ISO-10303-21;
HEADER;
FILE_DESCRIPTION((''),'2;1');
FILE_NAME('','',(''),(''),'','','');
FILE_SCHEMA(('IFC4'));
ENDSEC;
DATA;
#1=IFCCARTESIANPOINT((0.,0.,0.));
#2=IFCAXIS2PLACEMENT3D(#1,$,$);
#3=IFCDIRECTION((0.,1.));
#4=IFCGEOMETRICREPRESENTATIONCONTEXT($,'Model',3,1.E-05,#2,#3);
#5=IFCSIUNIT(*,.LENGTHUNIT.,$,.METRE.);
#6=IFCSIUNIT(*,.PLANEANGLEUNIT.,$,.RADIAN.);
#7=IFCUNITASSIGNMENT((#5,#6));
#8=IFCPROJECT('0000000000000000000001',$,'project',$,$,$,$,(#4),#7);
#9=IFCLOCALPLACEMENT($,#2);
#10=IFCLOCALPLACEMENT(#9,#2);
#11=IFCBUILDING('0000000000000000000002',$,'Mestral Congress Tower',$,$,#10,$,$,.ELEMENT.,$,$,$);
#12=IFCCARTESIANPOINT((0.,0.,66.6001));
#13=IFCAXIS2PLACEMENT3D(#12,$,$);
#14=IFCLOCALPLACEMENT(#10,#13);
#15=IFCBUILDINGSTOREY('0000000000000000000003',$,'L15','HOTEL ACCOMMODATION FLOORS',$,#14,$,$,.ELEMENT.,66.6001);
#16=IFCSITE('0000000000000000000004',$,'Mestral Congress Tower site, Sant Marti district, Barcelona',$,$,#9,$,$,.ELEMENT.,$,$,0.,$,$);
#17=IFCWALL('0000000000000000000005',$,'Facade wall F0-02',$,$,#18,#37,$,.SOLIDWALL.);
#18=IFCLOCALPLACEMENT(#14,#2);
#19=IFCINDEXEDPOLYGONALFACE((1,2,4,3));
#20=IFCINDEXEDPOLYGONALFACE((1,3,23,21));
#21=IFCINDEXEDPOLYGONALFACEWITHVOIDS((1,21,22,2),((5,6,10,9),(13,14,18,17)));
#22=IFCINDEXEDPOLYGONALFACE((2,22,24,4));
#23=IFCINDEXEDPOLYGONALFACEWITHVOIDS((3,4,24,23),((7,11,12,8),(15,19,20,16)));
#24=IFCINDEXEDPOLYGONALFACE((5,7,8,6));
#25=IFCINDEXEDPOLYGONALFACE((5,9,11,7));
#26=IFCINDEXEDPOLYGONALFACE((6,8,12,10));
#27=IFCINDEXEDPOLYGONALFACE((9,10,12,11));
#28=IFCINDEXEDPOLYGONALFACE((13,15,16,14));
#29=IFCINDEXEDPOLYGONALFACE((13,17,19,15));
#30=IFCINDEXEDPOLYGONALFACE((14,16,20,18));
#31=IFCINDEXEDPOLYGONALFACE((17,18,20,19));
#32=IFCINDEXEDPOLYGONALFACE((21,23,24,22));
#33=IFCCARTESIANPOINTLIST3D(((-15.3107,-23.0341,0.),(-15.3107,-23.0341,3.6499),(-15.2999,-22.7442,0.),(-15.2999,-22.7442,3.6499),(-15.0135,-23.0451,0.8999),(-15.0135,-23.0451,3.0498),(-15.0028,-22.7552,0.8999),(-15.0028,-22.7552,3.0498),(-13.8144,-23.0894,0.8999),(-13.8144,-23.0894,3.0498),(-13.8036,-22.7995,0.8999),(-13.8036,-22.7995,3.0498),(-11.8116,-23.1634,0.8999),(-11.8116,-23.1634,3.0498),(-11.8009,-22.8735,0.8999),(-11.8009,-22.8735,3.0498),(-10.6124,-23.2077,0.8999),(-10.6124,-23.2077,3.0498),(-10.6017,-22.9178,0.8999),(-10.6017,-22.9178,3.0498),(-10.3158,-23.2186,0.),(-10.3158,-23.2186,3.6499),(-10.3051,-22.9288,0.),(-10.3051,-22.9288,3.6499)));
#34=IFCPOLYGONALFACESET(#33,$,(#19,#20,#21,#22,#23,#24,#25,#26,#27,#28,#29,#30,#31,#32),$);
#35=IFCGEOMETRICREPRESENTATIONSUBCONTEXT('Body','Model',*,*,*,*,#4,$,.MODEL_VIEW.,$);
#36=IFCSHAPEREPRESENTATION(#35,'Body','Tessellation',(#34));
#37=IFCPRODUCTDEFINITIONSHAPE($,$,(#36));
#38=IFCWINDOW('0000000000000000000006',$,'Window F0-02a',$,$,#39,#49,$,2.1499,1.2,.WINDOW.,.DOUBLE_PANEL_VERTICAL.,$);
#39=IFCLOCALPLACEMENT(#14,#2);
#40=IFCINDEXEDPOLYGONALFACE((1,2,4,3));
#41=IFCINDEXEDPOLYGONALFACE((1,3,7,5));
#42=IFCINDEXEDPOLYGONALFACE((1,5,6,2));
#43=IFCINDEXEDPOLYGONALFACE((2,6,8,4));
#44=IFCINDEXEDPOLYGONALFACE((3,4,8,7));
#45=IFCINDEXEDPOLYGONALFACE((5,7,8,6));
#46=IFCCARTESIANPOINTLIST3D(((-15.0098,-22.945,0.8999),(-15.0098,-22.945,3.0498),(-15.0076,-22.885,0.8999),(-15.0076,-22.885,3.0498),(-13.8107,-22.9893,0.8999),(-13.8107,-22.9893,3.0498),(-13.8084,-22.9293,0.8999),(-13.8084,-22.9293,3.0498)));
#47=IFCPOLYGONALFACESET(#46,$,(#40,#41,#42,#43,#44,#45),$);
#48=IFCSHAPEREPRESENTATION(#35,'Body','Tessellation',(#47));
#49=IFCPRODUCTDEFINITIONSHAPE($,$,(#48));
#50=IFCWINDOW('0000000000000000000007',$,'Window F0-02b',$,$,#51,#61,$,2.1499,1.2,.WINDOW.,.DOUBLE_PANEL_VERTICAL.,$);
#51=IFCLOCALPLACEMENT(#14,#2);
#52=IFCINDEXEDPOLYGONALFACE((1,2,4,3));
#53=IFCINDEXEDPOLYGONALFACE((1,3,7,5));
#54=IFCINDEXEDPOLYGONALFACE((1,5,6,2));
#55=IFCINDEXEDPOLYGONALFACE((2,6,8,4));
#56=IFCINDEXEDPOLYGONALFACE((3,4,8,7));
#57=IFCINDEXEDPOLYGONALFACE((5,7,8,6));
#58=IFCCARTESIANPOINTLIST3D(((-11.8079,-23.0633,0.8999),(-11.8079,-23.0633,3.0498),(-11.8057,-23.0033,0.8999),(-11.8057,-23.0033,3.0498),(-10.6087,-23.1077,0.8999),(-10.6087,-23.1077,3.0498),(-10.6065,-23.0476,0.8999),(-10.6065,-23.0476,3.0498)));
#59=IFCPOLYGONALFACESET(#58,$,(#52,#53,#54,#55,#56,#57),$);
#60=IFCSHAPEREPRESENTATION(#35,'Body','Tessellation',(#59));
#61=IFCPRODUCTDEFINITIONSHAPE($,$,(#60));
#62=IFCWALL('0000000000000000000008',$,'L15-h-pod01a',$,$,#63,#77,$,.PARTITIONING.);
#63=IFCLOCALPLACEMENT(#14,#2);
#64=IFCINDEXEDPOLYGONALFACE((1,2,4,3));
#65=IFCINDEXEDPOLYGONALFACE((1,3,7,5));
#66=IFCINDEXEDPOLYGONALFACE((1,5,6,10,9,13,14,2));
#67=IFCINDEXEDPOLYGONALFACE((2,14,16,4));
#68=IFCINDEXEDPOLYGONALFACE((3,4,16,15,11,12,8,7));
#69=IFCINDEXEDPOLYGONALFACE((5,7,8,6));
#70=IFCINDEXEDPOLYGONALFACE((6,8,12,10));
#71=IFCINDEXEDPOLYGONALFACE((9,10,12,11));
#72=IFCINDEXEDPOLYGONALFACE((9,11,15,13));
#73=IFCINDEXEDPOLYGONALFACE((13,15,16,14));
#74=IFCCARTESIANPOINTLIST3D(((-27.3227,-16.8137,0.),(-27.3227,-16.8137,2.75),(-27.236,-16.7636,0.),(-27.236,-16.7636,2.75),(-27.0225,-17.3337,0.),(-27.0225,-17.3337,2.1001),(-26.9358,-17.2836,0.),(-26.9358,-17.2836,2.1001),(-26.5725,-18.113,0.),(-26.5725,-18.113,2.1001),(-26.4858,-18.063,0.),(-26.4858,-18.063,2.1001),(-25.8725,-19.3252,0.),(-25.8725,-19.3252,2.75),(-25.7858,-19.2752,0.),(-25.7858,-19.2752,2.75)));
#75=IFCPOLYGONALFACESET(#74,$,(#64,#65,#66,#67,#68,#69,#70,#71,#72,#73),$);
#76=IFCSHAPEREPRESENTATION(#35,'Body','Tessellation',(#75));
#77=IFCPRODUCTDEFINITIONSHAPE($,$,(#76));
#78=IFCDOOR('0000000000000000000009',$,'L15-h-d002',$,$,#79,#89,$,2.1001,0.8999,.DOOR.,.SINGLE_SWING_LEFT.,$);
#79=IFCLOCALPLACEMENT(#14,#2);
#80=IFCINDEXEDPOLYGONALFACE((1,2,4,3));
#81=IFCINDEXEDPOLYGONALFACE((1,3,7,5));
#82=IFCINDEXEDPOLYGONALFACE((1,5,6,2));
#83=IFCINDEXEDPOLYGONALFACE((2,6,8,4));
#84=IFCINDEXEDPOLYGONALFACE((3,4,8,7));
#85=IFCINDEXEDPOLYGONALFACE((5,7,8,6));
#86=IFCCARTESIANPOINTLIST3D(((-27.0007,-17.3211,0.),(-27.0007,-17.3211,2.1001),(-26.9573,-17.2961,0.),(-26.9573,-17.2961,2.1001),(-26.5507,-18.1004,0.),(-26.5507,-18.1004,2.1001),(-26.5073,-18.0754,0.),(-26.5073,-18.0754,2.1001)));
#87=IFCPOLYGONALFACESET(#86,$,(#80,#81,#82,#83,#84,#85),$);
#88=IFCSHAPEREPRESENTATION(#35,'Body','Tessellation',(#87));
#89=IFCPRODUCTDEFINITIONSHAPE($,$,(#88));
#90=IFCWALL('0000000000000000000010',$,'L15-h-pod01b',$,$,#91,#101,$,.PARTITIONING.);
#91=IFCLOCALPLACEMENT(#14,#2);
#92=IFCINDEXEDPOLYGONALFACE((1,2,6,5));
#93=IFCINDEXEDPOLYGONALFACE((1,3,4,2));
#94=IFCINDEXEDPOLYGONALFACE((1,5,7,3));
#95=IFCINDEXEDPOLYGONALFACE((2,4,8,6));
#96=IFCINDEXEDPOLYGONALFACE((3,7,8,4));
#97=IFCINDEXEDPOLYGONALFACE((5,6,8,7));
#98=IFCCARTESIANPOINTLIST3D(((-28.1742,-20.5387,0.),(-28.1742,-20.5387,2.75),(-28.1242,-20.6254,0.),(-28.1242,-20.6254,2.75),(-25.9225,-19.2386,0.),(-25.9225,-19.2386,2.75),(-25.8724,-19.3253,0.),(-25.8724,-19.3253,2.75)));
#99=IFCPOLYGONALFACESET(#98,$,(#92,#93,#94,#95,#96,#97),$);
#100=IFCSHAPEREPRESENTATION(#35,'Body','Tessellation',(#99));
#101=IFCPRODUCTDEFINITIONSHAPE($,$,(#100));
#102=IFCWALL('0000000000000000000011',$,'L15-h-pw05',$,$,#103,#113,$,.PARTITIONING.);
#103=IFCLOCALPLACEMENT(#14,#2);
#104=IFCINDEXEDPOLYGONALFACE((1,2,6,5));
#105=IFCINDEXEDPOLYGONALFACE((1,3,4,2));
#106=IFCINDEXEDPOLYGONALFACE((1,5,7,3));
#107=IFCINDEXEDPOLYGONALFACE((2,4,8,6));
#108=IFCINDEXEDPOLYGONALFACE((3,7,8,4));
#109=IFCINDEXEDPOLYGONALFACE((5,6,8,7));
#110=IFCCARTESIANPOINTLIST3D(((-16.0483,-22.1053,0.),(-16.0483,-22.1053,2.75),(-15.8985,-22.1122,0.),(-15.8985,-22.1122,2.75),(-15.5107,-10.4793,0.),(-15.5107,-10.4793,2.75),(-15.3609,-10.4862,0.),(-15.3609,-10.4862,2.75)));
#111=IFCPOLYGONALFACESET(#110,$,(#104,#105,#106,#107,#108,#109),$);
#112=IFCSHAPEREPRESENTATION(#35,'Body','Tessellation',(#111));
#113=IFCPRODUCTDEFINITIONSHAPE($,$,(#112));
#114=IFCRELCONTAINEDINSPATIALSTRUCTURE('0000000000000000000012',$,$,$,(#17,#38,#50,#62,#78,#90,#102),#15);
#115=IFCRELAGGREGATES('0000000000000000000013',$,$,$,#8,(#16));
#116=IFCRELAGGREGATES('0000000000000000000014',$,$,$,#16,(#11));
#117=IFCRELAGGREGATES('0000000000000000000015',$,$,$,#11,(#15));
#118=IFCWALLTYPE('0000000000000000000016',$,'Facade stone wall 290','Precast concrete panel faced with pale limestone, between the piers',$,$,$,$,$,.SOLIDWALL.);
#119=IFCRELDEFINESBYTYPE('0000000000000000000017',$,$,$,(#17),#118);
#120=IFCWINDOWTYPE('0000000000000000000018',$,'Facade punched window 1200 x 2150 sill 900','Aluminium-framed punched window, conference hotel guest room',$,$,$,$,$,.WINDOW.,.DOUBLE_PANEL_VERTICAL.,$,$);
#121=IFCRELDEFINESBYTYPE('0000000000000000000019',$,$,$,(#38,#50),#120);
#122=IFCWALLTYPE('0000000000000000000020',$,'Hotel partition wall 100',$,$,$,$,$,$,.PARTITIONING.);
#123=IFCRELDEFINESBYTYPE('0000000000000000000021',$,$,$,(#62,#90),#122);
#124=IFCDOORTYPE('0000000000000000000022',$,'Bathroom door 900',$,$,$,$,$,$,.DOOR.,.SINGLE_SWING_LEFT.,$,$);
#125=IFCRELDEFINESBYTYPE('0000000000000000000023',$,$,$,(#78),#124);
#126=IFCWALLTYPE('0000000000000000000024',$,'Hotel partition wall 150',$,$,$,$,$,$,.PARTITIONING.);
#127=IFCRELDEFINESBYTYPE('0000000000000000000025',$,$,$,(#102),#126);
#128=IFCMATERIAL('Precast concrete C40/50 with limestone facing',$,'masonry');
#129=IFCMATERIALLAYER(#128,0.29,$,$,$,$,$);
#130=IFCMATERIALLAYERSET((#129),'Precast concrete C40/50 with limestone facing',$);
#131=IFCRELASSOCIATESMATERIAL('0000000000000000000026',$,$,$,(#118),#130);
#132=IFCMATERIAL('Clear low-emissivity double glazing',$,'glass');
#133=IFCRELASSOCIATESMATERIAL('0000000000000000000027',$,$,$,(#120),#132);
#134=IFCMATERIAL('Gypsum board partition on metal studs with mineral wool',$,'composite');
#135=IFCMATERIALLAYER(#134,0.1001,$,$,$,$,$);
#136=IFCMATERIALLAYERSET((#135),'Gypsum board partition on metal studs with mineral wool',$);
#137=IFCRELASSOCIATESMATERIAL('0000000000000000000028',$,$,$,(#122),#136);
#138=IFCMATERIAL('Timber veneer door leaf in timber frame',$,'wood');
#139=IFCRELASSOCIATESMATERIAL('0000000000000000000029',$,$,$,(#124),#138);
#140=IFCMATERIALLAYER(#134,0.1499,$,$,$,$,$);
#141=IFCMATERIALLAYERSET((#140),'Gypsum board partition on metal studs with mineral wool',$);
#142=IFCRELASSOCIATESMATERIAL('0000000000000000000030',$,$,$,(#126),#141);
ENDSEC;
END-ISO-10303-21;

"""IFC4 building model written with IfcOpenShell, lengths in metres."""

from ifc_helpers import new_model, si_unit, direction, frame, frame_2d, origin, place, context, subcontext, project, spatial, rectangle, extrude, material, layer, layer_set, type_object, element, fill, save


model = new_model("IFC4")

# Units and contexts
model_context = context("Model", 3, precision=1e-05, world=origin(), true_north=direction((0.0, 1.0)))
body_context = subcontext(model_context, "Body", "Model", "MODEL_VIEW")
ifc_project = project(units=[si_unit("LENGTHUNIT", "METRE"), si_unit("PLANEANGLEUNIT", "RADIAN")], contexts=[model_context])

# Site, building, storey
site_placement = place(None, origin())
site = spatial("IfcSite", under=ifc_project, at=site_placement, Name="Mestral Congress Tower site, Sant Marti district, Barcelona", CompositionType="ELEMENT", RefElevation=0.0)
building_placement = place(site_placement, origin())
building = spatial("IfcBuilding", under=site, at=building_placement, Name="Mestral Congress Tower", CompositionType="ELEMENT")
storey_placement = place(building_placement, frame((0.0, 0.0, 66.6001)))
storey = spatial("IfcBuildingStorey", under=building, at=storey_placement, Name="L15", Description="HOTEL ACCOMMODATION FLOORS", CompositionType="ELEMENT", Elevation=66.6001)

# Wall, openings, windows
ifc_material_1 = material(Name="Precast concrete C40/50 with limestone facing", Category="masonry")
ifc_layer_1 = layer(ifc_material_1, 0.29)
ifc_layer_set_1 = layer_set([ifc_layer_1], Name="Precast concrete C40/50 with limestone facing")
wall_type_1 = type_object("IfcWallType", Name="Facade stone wall 290", Description="Precast concrete panel faced with pale limestone, between the piers", PredefinedType="SOLIDWALL", material=ifc_layer_set_1)
ifc_material_2 = material(Name="Clear low-emissivity double glazing", Category="glass")
window_type = type_object("IfcWindowType", Name="Facade punched window 1200 x 2150 sill 900", Description="Aluminium-framed punched window, conference hotel guest room", PartitioningType="DOUBLE_PANEL_VERTICAL", PredefinedType="WINDOW", material=ifc_material_2)
wall_1_placement = place(storey_placement, frame((-15.3052, -22.8892, 0.0), z_axis=(0.0, 0.0, 1.0), x_axis=(0.999318, -0.036927, 0.0)))
wall_1 = element("IfcWall", 1, at=wall_1_placement, inside=storey, type_object=wall_type_1, Name="Facade wall F0-02", PredefinedType="SOLIDWALL", context=body_context, shape_type="SweptSolid", body=[
    extrude(rectangle(XDim=4.9983, YDim=0.29, at=frame_2d((2.499, 0.0))), origin(), (0.0, 0.0, 1.0), 3.6499),
])
opening_1_placement = place(wall_1_placement, frame((0.2971, 0.0, 0.8999)))
opening_1 = element("IfcOpeningElement", 2, at=opening_1_placement, cuts=wall_1, PredefinedType="OPENING", context=body_context, shape_type="SweptSolid", body=[
    extrude(rectangle(XDim=1.2, YDim=2.1499, at=frame_2d((0.6001, 1.075))), frame((0.0, 0.155, 0.0), z_axis=(0.0, -1.0, 0.0), x_axis=(1.0, 0.0, 0.0)), (0.0, 0.0, 1.0), 0.3101),
])
opening_2_placement = place(wall_1_placement, frame((3.5012, 0.0, 0.8999)))
opening_2 = element("IfcOpeningElement", 3, at=opening_2_placement, cuts=wall_1, PredefinedType="OPENING", context=body_context, shape_type="SweptSolid", body=[
    extrude(rectangle(XDim=1.2, YDim=2.1499, at=frame_2d((0.6001, 1.075))), frame((0.0, 0.155, 0.0), z_axis=(0.0, -1.0, 0.0), x_axis=(1.0, 0.0, 0.0)), (0.0, 0.0, 1.0), 0.3101),
])
window_1_placement = place(opening_1_placement, origin())
window_1 = element("IfcWindow", 4, at=window_1_placement, inside=storey, type_object=window_type, Name="Window F0-02a", OverallHeight=2.1499, OverallWidth=1.2, PartitioningType="DOUBLE_PANEL_VERTICAL", PredefinedType="WINDOW", context=body_context, shape_type="SweptSolid", body=[
    extrude(rectangle(XDim=1.2, YDim=2.1499, at=frame_2d((0.6001, 1.075))), frame((0.0, 0.0151, 0.0), z_axis=(0.0, -1.0, 0.0), x_axis=(1.0, 0.0, 0.0)), (0.0, 0.0, 1.0), 0.0601),
])
fill(opening_1, window_1)
window_2_placement = place(opening_2_placement, origin())
window_2 = element("IfcWindow", 5, at=window_2_placement, inside=storey, type_object=window_type, Name="Window F0-02b", OverallHeight=2.1499, OverallWidth=1.2, PartitioningType="DOUBLE_PANEL_VERTICAL", PredefinedType="WINDOW", context=body_context, shape_type="SweptSolid", body=[
    extrude(rectangle(XDim=1.2, YDim=2.1499, at=frame_2d((0.6001, 1.075))), frame((0.0, 0.0151, 0.0), z_axis=(0.0, -1.0, 0.0), x_axis=(1.0, 0.0, 0.0)), (0.0, 0.0, 1.0), 0.0601),
])
fill(opening_2, window_2)

# Wall, opening, door
ifc_material_3 = material(Name="Gypsum board partition on metal studs with mineral wool", Category="composite")
ifc_layer_2 = layer(ifc_material_3, 0.1001)
ifc_layer_set_2 = layer_set([ifc_layer_2], Name="Gypsum board partition on metal studs with mineral wool")
wall_type_2 = type_object("IfcWallType", Name="Hotel partition wall 100", PredefinedType="PARTITIONING", material=ifc_layer_set_2)
wall_2_placement = place(storey_placement, frame((-25.8291, -19.3003, 0.0), z_axis=(0.0, 0.0, 1.0), x_axis=(-0.50005, 0.865996, 0.0)))
wall_2 = element("IfcWall", 6, at=wall_2_placement, inside=storey, type_object=wall_type_2, Name="L15-h-pod01a", PredefinedType="PARTITIONING", context=body_context, shape_type="SweptSolid", body=[
    extrude(rectangle(XDim=2.9001, YDim=0.1001, at=frame_2d((1.4502, 0.0))), origin(), (0.0, 0.0, 1.0), 2.75),
])
opening_3_placement = place(wall_2_placement, frame((1.3999, 0.0, 0.0)))
opening_3 = element("IfcOpeningElement", 7, at=opening_3_placement, cuts=wall_2, PredefinedType="OPENING", context=body_context, shape_type="SweptSolid", body=[
    extrude(rectangle(XDim=0.8999, YDim=2.1001, at=frame_2d((0.45, 1.05))), frame((0.0, 0.0601, 0.0), z_axis=(0.0, -1.0, 0.0), x_axis=(1.0, 0.0, 0.0)), (0.0, 0.0, 1.0), 0.1201),
])
ifc_material_4 = material(Name="Timber veneer door leaf in timber frame", Category="wood")
door_type = type_object("IfcDoorType", Name="Bathroom door 900", OperationType="SINGLE_SWING_LEFT", PredefinedType="DOOR", material=ifc_material_4)
door_placement = place(opening_3_placement, origin())
door = element("IfcDoor", 8, at=door_placement, inside=storey, type_object=door_type, Name="L15-h-d002", OperationType="SINGLE_SWING_LEFT", OverallHeight=2.1001, OverallWidth=0.8999, PredefinedType="DOOR", context=body_context, shape_type="SweptSolid", body=[
    extrude(rectangle(XDim=0.8999, YDim=2.1001, at=frame_2d((0.45, 1.05))), frame((0.0, 0.0249, 0.0), z_axis=(0.0, -1.0, 0.0), x_axis=(1.0, 0.0, 0.0)), (0.0, 0.0, 1.0), 0.05),
])
fill(opening_3, door)

# Walls
wall_3_placement = place(storey_placement, frame((-25.8975, -19.282, 0.0), z_axis=(0.0, 0.0, 1.0), x_axis=(-0.866021, -0.500007, 0.0)))
element("IfcWall", 9, at=wall_3_placement, inside=storey, type_object=wall_type_2, Name="L15-h-pod01b", PredefinedType="PARTITIONING", context=body_context, shape_type="SweptSolid", body=[
    extrude(rectangle(XDim=2.6001, YDim=0.1001, at=frame_2d((1.3, 0.0))), origin(), (0.0, 0.0, 1.0), 2.75),
])
ifc_layer_3 = layer(ifc_material_3, 0.1499)
ifc_layer_set_3 = layer_set([ifc_layer_3], Name="Gypsum board partition on metal studs with mineral wool")
wall_type_3 = type_object("IfcWallType", Name="Hotel partition wall 150", PredefinedType="PARTITIONING", material=ifc_layer_set_3)
wall_4_placement = place(storey_placement, frame((-15.9734, -22.1089, 0.0), z_axis=(0.0, 0.0, 1.0), x_axis=(0.046192, 0.998933, 0.0)))
element("IfcWall", 10, at=wall_4_placement, inside=storey, type_object=wall_type_3, Name="L15-h-pw05", PredefinedType="PARTITIONING", context=body_context, shape_type="SweptSolid", body=[
    extrude(rectangle(XDim=11.6384, YDim=0.1499, at=frame_2d((5.8193, 0.0))), origin(), (0.0, 0.0, 1.0), 2.75),
])

save(model, "model.ifc")
